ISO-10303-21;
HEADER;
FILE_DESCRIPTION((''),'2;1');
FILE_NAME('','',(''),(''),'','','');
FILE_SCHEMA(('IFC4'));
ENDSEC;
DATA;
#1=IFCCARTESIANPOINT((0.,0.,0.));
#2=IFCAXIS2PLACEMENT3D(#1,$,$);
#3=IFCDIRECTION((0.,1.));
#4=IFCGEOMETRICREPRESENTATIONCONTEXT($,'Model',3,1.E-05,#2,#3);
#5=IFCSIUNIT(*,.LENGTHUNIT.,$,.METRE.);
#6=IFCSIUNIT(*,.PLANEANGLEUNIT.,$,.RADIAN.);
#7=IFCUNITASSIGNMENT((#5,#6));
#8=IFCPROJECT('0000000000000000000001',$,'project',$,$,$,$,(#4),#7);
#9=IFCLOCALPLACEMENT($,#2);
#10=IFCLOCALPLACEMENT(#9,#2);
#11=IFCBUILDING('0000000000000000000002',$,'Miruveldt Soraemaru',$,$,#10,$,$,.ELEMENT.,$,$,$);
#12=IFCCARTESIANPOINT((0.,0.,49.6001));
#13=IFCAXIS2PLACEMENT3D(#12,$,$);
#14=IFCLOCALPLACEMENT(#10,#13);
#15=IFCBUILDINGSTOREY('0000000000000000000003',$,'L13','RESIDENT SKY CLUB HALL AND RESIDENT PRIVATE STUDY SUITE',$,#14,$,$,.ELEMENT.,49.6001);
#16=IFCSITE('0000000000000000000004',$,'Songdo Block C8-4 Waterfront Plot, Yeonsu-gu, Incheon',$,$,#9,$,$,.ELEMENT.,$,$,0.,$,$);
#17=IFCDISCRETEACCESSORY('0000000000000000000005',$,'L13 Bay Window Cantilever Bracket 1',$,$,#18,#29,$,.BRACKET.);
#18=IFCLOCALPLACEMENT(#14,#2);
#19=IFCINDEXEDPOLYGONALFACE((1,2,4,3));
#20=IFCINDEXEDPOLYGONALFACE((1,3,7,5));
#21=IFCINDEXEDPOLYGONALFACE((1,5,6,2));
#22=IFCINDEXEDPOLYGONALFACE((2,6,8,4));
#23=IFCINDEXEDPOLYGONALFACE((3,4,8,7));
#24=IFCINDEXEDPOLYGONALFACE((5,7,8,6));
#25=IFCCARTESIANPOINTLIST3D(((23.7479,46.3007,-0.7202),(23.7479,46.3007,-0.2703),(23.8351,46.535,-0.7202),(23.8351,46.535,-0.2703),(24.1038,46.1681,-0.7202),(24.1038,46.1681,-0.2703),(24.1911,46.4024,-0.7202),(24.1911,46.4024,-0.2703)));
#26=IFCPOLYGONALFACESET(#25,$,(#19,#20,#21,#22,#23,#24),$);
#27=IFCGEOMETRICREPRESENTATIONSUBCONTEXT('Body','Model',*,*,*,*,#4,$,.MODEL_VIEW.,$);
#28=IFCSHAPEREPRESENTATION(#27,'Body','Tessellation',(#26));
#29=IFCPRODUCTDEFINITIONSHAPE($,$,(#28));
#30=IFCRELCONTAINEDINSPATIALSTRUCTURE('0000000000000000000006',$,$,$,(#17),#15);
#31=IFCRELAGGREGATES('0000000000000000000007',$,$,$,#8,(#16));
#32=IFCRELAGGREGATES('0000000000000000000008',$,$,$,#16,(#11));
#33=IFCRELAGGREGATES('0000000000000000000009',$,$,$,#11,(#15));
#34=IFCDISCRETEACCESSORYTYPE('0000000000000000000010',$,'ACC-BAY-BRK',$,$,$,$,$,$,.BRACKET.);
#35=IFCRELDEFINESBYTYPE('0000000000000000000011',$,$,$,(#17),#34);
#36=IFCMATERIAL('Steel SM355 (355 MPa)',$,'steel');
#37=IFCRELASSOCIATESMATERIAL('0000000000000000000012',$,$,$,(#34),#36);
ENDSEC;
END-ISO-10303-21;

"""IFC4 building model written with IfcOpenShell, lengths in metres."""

from ifc_helpers import new_model, si_unit, direction, frame, origin, origin_2d, place, context, subcontext, project, spatial, rectangle, extrude, material, type_object, element, save


model = new_model("IFC4")

# Units and contexts
model_context = context("Model", 3, precision=1e-05, world=origin(), true_north=direction((0.0, 1.0)))
body_context = subcontext(model_context, "Body", "Model", "MODEL_VIEW")
ifc_project = project(units=[si_unit("LENGTHUNIT", "METRE"), si_unit("PLANEANGLEUNIT", "RADIAN")], contexts=[model_context])

# Site, building, storey
site_placement = place(None, origin())
site = spatial("IfcSite", under=ifc_project, at=site_placement, Name="Songdo Block C8-4 Waterfront Plot, Yeonsu-gu, Incheon", CompositionType="ELEMENT", RefElevation=0.0)
building_placement = place(site_placement, origin())
building = spatial("IfcBuilding", under=site, at=building_placement, Name="Miruveldt Soraemaru", CompositionType="ELEMENT")
storey_placement = place(building_placement, frame((0.0, 0.0, 49.6001)))
storey = spatial("IfcBuildingStorey", under=building, at=storey_placement, Name="L13", Description="RESIDENT SKY CLUB HALL AND RESIDENT PRIVATE STUDY SUITE", CompositionType="ELEMENT", Elevation=49.6001)

# Shared definitions
ifc_material_1 = material(Name="Steel SM355 (355 MPa)", Category="steel")

# Discrete accessory
discrete_accessory_type = type_object("IfcDiscreteAccessoryType", Name="ACC-BAY-BRK", PredefinedType="BRACKET", material=ifc_material_1)
discrete_accessory_placement = place(storey_placement, frame((23.9695, 46.3516, -0.7202), z_axis=(0.0, 0.0, 1.0), x_axis=(-0.937105, 0.349046, 0.0)))
element("IfcDiscreteAccessory", 1, at=discrete_accessory_placement, inside=storey, type_object=discrete_accessory_type, Name="L13 Bay Window Cantilever Bracket 1", PredefinedType="BRACKET", context=body_context, shape_type="SweptSolid", body=[
    extrude(rectangle(XDim=0.3799, YDim=0.25, at=origin_2d()), origin(), (0.0, 0.0, 1.0), 0.45),
])

save(model, "model.ifc")
